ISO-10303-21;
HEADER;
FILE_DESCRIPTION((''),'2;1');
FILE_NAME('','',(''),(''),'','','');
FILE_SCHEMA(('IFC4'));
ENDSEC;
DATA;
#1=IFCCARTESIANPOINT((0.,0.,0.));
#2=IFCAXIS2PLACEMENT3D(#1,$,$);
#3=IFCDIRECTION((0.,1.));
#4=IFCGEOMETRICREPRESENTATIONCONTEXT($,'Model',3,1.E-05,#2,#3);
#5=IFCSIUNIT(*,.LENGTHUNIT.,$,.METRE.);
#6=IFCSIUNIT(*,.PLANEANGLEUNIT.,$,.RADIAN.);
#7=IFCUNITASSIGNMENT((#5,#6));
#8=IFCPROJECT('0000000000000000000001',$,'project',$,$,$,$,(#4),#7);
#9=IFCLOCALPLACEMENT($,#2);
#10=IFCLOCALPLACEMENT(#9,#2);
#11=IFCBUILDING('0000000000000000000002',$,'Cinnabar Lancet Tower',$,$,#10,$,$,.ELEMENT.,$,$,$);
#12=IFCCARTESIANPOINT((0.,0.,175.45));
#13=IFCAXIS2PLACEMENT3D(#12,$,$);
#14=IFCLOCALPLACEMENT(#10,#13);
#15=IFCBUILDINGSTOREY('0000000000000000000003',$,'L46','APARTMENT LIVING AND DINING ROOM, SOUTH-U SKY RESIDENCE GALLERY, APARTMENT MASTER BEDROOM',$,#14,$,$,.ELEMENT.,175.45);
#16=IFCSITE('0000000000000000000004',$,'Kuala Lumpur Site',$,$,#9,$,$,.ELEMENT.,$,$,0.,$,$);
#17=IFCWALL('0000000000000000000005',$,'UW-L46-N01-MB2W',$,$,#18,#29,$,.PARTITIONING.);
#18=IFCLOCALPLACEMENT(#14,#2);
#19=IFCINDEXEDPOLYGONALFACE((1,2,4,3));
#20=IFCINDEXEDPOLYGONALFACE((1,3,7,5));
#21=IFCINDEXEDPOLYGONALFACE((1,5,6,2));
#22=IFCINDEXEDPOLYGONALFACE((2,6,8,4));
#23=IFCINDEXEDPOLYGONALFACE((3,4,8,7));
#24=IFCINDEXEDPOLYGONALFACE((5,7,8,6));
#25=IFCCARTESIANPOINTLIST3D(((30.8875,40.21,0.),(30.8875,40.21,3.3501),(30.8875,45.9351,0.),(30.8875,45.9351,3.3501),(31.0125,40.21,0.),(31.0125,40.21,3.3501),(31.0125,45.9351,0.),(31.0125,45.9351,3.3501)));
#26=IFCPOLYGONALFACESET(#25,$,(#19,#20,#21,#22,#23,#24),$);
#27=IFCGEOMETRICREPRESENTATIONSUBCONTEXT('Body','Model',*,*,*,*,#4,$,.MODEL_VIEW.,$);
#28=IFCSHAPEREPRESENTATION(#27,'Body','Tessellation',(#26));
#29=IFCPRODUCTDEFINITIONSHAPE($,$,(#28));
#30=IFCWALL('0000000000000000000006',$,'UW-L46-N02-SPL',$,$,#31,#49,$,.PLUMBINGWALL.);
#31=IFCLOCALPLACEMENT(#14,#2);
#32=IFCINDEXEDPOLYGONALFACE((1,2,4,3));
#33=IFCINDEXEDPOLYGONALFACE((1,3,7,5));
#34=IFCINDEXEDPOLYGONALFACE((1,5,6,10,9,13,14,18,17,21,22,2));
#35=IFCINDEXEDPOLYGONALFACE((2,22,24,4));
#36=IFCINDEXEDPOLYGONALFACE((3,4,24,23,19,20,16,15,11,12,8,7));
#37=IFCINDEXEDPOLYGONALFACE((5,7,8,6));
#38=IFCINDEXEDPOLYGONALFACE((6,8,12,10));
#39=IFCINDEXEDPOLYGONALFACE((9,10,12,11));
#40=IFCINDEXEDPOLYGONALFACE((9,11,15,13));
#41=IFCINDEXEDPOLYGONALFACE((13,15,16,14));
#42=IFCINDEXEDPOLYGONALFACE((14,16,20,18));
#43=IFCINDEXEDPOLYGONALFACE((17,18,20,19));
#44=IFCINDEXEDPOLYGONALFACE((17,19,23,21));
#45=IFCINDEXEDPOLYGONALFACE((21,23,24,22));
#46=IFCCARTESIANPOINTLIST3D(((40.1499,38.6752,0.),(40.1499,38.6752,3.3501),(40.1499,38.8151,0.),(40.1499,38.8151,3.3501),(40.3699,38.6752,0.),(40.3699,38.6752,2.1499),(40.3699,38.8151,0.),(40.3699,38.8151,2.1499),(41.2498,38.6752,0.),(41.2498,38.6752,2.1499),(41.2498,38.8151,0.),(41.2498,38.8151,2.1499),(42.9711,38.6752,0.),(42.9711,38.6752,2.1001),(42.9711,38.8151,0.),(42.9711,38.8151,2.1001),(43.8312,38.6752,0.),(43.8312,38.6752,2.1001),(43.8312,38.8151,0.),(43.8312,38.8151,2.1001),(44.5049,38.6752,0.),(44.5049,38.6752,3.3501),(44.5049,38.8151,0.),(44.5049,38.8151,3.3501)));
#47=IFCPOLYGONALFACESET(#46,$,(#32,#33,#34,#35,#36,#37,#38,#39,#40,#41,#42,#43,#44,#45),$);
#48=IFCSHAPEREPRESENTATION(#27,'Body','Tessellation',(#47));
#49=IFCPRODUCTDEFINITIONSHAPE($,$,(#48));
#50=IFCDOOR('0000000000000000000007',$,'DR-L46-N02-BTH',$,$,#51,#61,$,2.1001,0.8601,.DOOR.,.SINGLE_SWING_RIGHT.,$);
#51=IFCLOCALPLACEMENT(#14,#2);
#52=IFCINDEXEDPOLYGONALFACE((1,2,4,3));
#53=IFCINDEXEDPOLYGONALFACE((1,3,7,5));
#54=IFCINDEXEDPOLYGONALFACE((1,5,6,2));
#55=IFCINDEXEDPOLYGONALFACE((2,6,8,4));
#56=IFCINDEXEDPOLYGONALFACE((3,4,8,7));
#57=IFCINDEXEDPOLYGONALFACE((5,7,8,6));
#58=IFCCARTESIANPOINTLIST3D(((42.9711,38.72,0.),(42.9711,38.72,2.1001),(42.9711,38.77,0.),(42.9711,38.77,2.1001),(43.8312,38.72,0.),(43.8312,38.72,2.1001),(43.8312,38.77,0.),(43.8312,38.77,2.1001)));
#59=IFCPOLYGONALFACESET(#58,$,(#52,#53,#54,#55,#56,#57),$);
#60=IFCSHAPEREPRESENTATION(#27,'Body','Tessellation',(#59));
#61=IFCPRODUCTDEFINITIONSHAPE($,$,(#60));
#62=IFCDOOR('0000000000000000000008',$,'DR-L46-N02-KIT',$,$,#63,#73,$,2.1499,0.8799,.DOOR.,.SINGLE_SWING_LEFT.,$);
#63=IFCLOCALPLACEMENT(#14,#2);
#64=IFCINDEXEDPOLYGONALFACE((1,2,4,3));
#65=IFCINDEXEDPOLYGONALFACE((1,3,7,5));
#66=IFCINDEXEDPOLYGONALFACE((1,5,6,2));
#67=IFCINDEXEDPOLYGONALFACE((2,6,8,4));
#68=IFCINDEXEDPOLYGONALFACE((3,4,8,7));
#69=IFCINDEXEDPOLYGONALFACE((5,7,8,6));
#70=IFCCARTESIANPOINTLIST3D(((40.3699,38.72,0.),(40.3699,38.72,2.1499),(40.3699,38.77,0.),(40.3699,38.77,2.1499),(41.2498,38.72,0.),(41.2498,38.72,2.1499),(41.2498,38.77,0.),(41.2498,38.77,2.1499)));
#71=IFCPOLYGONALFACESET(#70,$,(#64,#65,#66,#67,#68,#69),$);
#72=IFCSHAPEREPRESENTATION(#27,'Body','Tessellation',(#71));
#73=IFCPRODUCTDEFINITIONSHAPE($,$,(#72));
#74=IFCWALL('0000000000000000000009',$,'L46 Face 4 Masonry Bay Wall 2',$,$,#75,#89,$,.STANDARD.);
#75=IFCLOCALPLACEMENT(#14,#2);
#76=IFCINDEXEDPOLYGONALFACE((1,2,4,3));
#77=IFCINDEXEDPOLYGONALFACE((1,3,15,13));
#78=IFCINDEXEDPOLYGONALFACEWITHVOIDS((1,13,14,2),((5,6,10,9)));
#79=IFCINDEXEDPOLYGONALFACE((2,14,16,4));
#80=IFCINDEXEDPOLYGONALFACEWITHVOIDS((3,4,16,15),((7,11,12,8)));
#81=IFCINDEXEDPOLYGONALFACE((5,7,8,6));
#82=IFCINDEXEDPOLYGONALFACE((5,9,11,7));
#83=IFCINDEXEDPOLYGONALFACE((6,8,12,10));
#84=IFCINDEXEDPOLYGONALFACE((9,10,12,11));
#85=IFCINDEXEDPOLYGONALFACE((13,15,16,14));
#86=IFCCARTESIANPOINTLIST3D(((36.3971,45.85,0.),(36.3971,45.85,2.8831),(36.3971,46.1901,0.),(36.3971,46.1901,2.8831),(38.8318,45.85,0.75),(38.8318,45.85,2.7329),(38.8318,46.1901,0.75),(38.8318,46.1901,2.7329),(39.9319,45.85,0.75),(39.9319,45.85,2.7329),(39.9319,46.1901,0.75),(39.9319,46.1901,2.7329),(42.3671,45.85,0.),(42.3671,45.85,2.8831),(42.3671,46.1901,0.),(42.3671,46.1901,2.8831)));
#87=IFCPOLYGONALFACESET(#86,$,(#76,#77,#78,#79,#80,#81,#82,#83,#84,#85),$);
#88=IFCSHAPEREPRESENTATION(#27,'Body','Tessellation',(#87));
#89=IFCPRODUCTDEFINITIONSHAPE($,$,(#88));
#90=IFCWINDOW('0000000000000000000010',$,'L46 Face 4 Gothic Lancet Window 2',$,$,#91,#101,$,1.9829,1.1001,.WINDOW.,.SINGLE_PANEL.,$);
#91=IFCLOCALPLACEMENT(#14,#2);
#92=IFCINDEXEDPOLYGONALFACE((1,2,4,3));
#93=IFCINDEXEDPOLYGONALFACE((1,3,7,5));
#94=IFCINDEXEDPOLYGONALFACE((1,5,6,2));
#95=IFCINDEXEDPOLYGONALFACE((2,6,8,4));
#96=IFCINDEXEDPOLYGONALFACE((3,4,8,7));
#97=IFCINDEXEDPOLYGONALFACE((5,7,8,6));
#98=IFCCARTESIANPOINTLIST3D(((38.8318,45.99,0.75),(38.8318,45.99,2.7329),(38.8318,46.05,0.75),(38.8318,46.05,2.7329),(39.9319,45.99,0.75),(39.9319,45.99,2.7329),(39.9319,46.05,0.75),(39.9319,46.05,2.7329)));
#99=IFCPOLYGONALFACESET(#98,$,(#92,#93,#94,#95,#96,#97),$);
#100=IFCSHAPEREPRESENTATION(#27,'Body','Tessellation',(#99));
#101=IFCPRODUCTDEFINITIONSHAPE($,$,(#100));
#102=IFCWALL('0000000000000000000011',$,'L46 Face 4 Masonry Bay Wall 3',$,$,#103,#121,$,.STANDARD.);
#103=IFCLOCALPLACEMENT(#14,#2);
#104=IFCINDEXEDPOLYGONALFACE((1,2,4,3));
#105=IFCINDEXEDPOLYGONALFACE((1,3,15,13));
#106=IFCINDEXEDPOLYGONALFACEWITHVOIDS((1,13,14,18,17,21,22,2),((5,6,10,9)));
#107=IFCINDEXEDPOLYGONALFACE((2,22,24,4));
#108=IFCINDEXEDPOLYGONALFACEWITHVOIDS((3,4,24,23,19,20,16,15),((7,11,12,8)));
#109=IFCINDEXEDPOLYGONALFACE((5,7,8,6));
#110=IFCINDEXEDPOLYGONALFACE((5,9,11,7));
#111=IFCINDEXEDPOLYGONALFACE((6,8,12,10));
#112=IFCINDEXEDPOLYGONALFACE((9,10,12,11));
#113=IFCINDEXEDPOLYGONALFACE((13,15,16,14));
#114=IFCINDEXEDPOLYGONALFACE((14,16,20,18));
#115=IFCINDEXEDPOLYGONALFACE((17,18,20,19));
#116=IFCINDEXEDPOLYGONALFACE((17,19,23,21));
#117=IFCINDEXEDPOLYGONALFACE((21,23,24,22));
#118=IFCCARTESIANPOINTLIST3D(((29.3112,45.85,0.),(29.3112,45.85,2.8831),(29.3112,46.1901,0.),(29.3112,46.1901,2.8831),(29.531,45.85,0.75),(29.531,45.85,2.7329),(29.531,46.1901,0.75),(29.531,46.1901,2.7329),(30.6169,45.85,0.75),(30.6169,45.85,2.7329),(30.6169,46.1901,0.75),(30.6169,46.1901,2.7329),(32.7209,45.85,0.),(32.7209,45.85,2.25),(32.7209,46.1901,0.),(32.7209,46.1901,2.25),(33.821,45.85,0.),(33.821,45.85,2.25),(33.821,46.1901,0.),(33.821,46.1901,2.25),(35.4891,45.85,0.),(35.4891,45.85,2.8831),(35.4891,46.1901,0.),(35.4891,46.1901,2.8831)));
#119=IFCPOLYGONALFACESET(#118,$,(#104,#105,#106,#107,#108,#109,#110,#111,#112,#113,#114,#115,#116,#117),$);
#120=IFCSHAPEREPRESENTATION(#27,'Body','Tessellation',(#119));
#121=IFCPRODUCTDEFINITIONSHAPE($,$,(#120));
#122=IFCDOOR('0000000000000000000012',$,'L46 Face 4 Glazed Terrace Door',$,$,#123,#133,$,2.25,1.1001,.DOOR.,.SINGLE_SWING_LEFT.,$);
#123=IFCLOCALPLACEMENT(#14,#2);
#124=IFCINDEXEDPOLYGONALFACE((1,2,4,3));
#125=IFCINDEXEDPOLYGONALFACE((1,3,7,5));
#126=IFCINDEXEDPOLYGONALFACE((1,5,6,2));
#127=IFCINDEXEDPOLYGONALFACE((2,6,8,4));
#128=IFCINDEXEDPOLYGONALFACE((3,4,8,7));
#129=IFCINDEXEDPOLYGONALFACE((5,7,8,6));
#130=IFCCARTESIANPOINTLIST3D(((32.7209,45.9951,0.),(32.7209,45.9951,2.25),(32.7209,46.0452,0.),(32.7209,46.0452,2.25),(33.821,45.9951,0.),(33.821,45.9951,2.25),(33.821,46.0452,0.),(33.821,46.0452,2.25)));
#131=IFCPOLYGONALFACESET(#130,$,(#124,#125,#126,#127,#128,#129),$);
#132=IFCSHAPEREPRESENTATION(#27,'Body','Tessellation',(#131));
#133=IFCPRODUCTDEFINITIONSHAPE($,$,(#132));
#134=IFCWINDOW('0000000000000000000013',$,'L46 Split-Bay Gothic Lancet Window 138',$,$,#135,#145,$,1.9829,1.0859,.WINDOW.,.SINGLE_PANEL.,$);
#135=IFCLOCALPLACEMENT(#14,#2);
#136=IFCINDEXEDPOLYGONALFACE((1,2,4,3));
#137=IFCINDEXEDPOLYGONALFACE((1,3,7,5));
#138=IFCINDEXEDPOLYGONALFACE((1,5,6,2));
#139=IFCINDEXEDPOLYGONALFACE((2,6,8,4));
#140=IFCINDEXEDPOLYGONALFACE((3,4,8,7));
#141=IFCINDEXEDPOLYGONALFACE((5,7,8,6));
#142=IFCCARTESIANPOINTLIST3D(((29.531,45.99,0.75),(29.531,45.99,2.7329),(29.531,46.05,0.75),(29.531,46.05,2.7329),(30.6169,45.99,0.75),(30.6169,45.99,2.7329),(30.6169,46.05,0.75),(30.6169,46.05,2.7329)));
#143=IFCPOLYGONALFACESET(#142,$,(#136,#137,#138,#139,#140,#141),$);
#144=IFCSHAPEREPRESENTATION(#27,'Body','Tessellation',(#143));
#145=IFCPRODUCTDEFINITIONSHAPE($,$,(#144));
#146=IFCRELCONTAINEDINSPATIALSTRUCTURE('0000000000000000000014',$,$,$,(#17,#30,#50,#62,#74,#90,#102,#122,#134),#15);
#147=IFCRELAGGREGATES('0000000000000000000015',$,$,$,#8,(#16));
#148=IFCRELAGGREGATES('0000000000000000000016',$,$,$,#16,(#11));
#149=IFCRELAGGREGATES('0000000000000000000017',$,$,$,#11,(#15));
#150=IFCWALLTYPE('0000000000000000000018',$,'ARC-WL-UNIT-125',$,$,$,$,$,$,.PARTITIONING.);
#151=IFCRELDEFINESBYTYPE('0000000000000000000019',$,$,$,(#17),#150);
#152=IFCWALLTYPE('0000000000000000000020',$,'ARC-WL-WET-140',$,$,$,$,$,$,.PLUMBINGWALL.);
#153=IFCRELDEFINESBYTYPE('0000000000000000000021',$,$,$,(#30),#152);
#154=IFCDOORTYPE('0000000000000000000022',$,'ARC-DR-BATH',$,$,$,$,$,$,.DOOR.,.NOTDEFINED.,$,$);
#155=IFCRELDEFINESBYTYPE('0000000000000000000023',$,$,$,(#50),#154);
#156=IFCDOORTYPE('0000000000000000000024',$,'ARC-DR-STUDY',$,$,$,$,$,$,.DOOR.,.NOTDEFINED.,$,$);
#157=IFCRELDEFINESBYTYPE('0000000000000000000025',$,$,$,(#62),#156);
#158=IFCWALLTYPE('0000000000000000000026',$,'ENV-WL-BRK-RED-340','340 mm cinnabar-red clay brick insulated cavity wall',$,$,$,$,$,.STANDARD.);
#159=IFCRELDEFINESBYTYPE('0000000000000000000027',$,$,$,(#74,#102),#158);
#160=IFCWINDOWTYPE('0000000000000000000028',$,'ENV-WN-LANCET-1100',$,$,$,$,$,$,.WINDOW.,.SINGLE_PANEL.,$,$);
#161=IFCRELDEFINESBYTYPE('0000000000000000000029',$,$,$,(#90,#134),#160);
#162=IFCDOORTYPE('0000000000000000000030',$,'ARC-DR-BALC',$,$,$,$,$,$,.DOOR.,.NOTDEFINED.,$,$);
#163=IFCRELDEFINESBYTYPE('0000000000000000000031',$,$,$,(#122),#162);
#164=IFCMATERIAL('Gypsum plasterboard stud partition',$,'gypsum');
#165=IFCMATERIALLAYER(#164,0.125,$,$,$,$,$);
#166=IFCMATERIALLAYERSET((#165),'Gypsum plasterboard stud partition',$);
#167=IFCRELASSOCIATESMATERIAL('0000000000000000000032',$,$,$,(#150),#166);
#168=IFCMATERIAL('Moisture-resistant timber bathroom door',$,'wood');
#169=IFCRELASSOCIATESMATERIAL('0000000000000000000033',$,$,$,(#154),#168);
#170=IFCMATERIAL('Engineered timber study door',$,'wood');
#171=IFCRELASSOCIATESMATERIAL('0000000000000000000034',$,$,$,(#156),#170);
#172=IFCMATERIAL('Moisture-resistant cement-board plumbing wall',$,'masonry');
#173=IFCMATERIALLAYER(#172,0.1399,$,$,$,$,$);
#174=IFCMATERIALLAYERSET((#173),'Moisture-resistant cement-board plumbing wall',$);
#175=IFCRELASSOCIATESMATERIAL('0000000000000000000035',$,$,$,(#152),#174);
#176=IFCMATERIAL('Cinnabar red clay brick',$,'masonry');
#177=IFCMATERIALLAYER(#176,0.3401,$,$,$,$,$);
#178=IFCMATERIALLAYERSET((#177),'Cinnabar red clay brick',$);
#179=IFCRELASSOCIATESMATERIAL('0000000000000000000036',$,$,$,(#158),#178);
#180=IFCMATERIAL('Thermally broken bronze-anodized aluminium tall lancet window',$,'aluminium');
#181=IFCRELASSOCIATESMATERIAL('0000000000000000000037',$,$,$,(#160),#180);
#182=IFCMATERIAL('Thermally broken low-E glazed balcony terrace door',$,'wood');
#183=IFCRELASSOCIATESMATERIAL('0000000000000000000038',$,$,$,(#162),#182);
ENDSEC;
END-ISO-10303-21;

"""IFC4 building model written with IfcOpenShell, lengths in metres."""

from ifc_helpers import new_model, si_unit, direction, frame, frame_2d, origin, place, context, subcontext, project, spatial, rectangle, extrude, material, layer, layer_set, type_object, element, fill, save


model = new_model("IFC4")

# Units and contexts
model_context = context("Model", 3, precision=1e-05, world=origin(), true_north=direction((0.0, 1.0)))
body_context = subcontext(model_context, "Body", "Model", "MODEL_VIEW")
ifc_project = project(units=[si_unit("LENGTHUNIT", "METRE"), si_unit("PLANEANGLEUNIT", "RADIAN")], contexts=[model_context])

# Site, building, storey
site_placement = place(None, origin())
site = spatial("IfcSite", under=ifc_project, at=site_placement, Name="Kuala Lumpur Site", CompositionType="ELEMENT", RefElevation=0.0)
building_placement = place(site_placement, origin())
building = spatial("IfcBuilding", under=site, at=building_placement, Name="Cinnabar Lancet Tower", CompositionType="ELEMENT")
storey_placement = place(building_placement, frame((0.0, 0.0, 175.45)))
storey = spatial("IfcBuildingStorey", under=building, at=storey_placement, Name="L46", Description="APARTMENT LIVING AND DINING ROOM, SOUTH-U SKY RESIDENCE GALLERY, APARTMENT MASTER BEDROOM", CompositionType="ELEMENT", Elevation=175.45)

# Shared definitions
ifc_material_1 = material(Name="Gypsum plasterboard stud partition", Category="gypsum")
ifc_layer_1 = layer(ifc_material_1, 0.125)
ifc_layer_set_1 = layer_set([ifc_layer_1], Name="Gypsum plasterboard stud partition")
wall_type_1 = type_object("IfcWallType", Name="ARC-WL-UNIT-125", PredefinedType="PARTITIONING", material=ifc_layer_set_1)
ifc_material_2 = material(Name="Moisture-resistant timber bathroom door", Category="wood")
door_type_1 = type_object("IfcDoorType", Name="ARC-DR-BATH", OperationType="NOTDEFINED", PredefinedType="DOOR", material=ifc_material_2)

# Wall
wall_1_placement = place(storey_placement, frame((30.95, 40.21, 0.0), z_axis=(0.0, 0.0, 1.0), x_axis=(0.0, 1.0, 0.0)))
element("IfcWall", 1, at=wall_1_placement, inside=storey, type_object=wall_type_1, Name="UW-L46-N01-MB2W", PredefinedType="PARTITIONING", context=body_context, shape_type="SweptSolid", body=[
    extrude(rectangle(XDim=5.7251, YDim=0.125, at=frame_2d((2.8625, 0.0))), origin(), (0.0, 0.0, 1.0), 3.3501),
])

# Shared definitions
ifc_material_3 = material(Name="Engineered timber study door", Category="wood")
door_type_2 = type_object("IfcDoorType", Name="ARC-DR-STUDY", OperationType="NOTDEFINED", PredefinedType="DOOR", material=ifc_material_3)

# Wall, openings, doors
ifc_material_4 = material(Name="Moisture-resistant cement-board plumbing wall", Category="masonry")
ifc_layer_2 = layer(ifc_material_4, 0.1399)
ifc_layer_set_2 = layer_set([ifc_layer_2], Name="Moisture-resistant cement-board plumbing wall")
wall_type_2 = type_object("IfcWallType", Name="ARC-WL-WET-140", PredefinedType="PLUMBINGWALL", material=ifc_layer_set_2)
wall_2_placement = place(storey_placement, frame((40.1499, 38.7451, 0.0), z_axis=(0.0, 0.0, 1.0), x_axis=(1.0, 0.0, 0.0)))
wall_2 = element("IfcWall", 2, at=wall_2_placement, inside=storey, type_object=wall_type_2, Name="UW-L46-N02-SPL", PredefinedType="PLUMBINGWALL", context=body_context, shape_type="SweptSolid", body=[
    extrude(rectangle(XDim=4.355, YDim=0.1399, at=frame_2d((2.1775, 0.0))), origin(), (0.0, 0.0, 1.0), 3.3501),
])
opening_1_placement = place(wall_2_placement, frame((2.821, 0.0, 0.0)))
opening_1 = element("IfcOpeningElement", 3, at=opening_1_placement, cuts=wall_2, PredefinedType="OPENING", context=body_context, shape_type="SweptSolid", body=[
    extrude(rectangle(XDim=0.8601, YDim=2.1001, at=frame_2d((0.4302, 1.05))), frame((0.0, 0.0798, 0.0), z_axis=(0.0, -1.0, 0.0), x_axis=(1.0, 0.0, 0.0)), (0.0, 0.0, 1.0), 0.1599),
])
opening_2_placement = place(wall_2_placement, frame((0.22, 0.0, 0.0)))
opening_2 = element("IfcOpeningElement", 4, at=opening_2_placement, cuts=wall_2, PredefinedType="OPENING", context=body_context, shape_type="SweptSolid", body=[
    extrude(rectangle(XDim=0.8799, YDim=2.1499, at=frame_2d((0.4399, 1.075))), frame((0.0, 0.0798, 0.0), z_axis=(0.0, -1.0, 0.0), x_axis=(1.0, 0.0, 0.0)), (0.0, 0.0, 1.0), 0.1599),
])
door_1_placement = place(opening_1_placement, origin())
door_1 = element("IfcDoor", 5, at=door_1_placement, inside=storey, type_object=door_type_1, Name="DR-L46-N02-BTH", OperationType="SINGLE_SWING_RIGHT", OverallHeight=2.1001, OverallWidth=0.8601, PredefinedType="DOOR", context=body_context, shape_type="SweptSolid", body=[
    extrude(rectangle(XDim=0.8601, YDim=2.1001, at=frame_2d((0.4302, 1.05))), frame((0.0, 0.0249, 0.0), z_axis=(0.0, -1.0, 0.0), x_axis=(1.0, 0.0, 0.0)), (0.0, 0.0, 1.0), 0.05),
])
fill(opening_1, door_1)
door_2_placement = place(opening_2_placement, origin())
door_2 = element("IfcDoor", 6, at=door_2_placement, inside=storey, type_object=door_type_2, Name="DR-L46-N02-KIT", OperationType="SINGLE_SWING_LEFT", OverallHeight=2.1499, OverallWidth=0.8799, PredefinedType="DOOR", context=body_context, shape_type="SweptSolid", body=[
    extrude(rectangle(XDim=0.8799, YDim=2.1499, at=frame_2d((0.4399, 1.075))), frame((0.0, 0.0249, 0.0), z_axis=(0.0, -1.0, 0.0), x_axis=(1.0, 0.0, 0.0)), (0.0, 0.0, 1.0), 0.05),
])
fill(opening_2, door_2)

# Wall, opening, window
ifc_material_5 = material(Name="Cinnabar red clay brick", Category="masonry")
ifc_layer_3 = layer(ifc_material_5, 0.3401)
ifc_layer_set_3 = layer_set([ifc_layer_3], Name="Cinnabar red clay brick")
wall_type_3 = type_object("IfcWallType", Name="ENV-WL-BRK-RED-340", Description="340 mm cinnabar-red clay brick insulated cavity wall", PredefinedType="STANDARD", material=ifc_layer_set_3)
wall_3_placement = place(storey_placement, frame((42.3669, 46.02, 0.0), z_axis=(0.0, 0.0, 1.0), x_axis=(-1.0, 0.0, 0.0)))
wall_3 = element("IfcWall", 7, at=wall_3_placement, inside=storey, type_object=wall_type_3, Name="L46 Face 4 Masonry Bay Wall 2", PredefinedType="STANDARD", context=body_context, shape_type="SweptSolid", body=[
    extrude(rectangle(XDim=5.97, YDim=0.3401, at=frame_2d((2.9849, 0.0))), origin(), (0.0, 0.0, 1.0), 2.8831),
])
opening_3_placement = place(wall_3_placement, frame((2.4351, 0.0, 0.75)))
opening_3 = element("IfcOpeningElement", 8, at=opening_3_placement, cuts=wall_3, PredefinedType="OPENING", context=body_context, shape_type="SweptSolid", body=[
    extrude(rectangle(XDim=1.1001, YDim=1.9829, at=frame_2d((0.55, 0.9915))), frame((0.0, 0.1799, 0.0), z_axis=(0.0, -1.0, 0.0), x_axis=(1.0, 0.0, 0.0)), (0.0, 0.0, 1.0), 0.3601),
])
ifc_material_6 = material(Name="Thermally broken bronze-anodized aluminium tall lancet window", Category="aluminium")
window_type = type_object("IfcWindowType", Name="ENV-WN-LANCET-1100", PartitioningType="SINGLE_PANEL", PredefinedType="WINDOW", material=ifc_material_6)
window_1_placement = place(opening_3_placement, origin())
window_1 = element("IfcWindow", 9, at=window_1_placement, inside=storey, type_object=window_type, Name="L46 Face 4 Gothic Lancet Window 2", OverallHeight=1.9829, OverallWidth=1.1001, PartitioningType="SINGLE_PANEL", PredefinedType="WINDOW", context=body_context, shape_type="SweptSolid", body=[
    extrude(rectangle(XDim=1.1001, YDim=1.9829, at=frame_2d((0.55, 0.9915))), frame((0.0, 0.03, 0.0), z_axis=(0.0, -1.0, 0.0), x_axis=(1.0, 0.0, 0.0)), (0.0, 0.0, 1.0), 0.0601),
])
fill(opening_3, window_1)

# Wall, openings, door, window
wall_4_placement = place(storey_placement, frame((35.489, 46.02, 0.0), z_axis=(0.0, 0.0, 1.0), x_axis=(-1.0, 0.0, 0.0)))
wall_4 = element("IfcWall", 10, at=wall_4_placement, inside=storey, type_object=wall_type_3, Name="L46 Face 4 Masonry Bay Wall 3", PredefinedType="STANDARD", context=body_context, shape_type="SweptSolid", body=[
    extrude(rectangle(XDim=6.178, YDim=0.3401, at=frame_2d((3.0889, 0.0))), origin(), (0.0, 0.0, 1.0), 2.8831),
])
opening_4_placement = place(wall_4_placement, frame((1.668, 0.0, 0.0)))
opening_4 = element("IfcOpeningElement", 11, at=opening_4_placement, cuts=wall_4, PredefinedType="OPENING", context=body_context, shape_type="SweptSolid", body=[
    extrude(rectangle(XDim=1.1001, YDim=2.25, at=frame_2d((0.55, 1.125))), frame((0.0, 0.1799, 0.0), z_axis=(0.0, -1.0, 0.0), x_axis=(1.0, 0.0, 0.0)), (0.0, 0.0, 1.0), 0.3601),
])
opening_5_placement = place(wall_4_placement, frame((4.8721, 0.0, 0.75)))
opening_5 = element("IfcOpeningElement", 12, at=opening_5_placement, cuts=wall_4, PredefinedType="OPENING", context=body_context, shape_type="SweptSolid", body=[
    extrude(rectangle(XDim=1.0859, YDim=1.9829, at=frame_2d((0.543, 0.9915))), frame((0.0, 0.1799, 0.0), z_axis=(0.0, -1.0, 0.0), x_axis=(1.0, 0.0, 0.0)), (0.0, 0.0, 1.0), 0.3601),
])
ifc_material_7 = material(Name="Thermally broken low-E glazed balcony terrace door", Category="wood")
door_type_3 = type_object("IfcDoorType", Name="ARC-DR-BALC", OperationType="NOTDEFINED", PredefinedType="DOOR", material=ifc_material_7)
door_3_placement = place(opening_4_placement, origin())
door_3 = element("IfcDoor", 13, at=door_3_placement, inside=storey, type_object=door_type_3, Name="L46 Face 4 Glazed Terrace Door", OperationType="SINGLE_SWING_LEFT", OverallHeight=2.25, OverallWidth=1.1001, PredefinedType="DOOR", context=body_context, shape_type="SweptSolid", body=[
    extrude(rectangle(XDim=1.1001, YDim=2.25, at=frame_2d((0.55, 1.125))), frame((0.0, 0.0249, 0.0), z_axis=(0.0, -1.0, 0.0), x_axis=(1.0, 0.0, 0.0)), (0.0, 0.0, 1.0), 0.05),
])
fill(opening_4, door_3)
window_2_placement = place(opening_5_placement, origin())
window_2 = element("IfcWindow", 14, at=window_2_placement, inside=storey, type_object=window_type, Name="L46 Split-Bay Gothic Lancet Window 138", OverallHeight=1.9829, OverallWidth=1.0859, PartitioningType="SINGLE_PANEL", PredefinedType="WINDOW", context=body_context, shape_type="SweptSolid", body=[
    extrude(rectangle(XDim=1.0859, YDim=1.9829, at=frame_2d((0.543, 0.9915))), frame((0.0, 0.03, 0.0), z_axis=(0.0, -1.0, 0.0), x_axis=(1.0, 0.0, 0.0)), (0.0, 0.0, 1.0), 0.0601),
])
fill(opening_5, window_2)

save(model, "model.ifc")
